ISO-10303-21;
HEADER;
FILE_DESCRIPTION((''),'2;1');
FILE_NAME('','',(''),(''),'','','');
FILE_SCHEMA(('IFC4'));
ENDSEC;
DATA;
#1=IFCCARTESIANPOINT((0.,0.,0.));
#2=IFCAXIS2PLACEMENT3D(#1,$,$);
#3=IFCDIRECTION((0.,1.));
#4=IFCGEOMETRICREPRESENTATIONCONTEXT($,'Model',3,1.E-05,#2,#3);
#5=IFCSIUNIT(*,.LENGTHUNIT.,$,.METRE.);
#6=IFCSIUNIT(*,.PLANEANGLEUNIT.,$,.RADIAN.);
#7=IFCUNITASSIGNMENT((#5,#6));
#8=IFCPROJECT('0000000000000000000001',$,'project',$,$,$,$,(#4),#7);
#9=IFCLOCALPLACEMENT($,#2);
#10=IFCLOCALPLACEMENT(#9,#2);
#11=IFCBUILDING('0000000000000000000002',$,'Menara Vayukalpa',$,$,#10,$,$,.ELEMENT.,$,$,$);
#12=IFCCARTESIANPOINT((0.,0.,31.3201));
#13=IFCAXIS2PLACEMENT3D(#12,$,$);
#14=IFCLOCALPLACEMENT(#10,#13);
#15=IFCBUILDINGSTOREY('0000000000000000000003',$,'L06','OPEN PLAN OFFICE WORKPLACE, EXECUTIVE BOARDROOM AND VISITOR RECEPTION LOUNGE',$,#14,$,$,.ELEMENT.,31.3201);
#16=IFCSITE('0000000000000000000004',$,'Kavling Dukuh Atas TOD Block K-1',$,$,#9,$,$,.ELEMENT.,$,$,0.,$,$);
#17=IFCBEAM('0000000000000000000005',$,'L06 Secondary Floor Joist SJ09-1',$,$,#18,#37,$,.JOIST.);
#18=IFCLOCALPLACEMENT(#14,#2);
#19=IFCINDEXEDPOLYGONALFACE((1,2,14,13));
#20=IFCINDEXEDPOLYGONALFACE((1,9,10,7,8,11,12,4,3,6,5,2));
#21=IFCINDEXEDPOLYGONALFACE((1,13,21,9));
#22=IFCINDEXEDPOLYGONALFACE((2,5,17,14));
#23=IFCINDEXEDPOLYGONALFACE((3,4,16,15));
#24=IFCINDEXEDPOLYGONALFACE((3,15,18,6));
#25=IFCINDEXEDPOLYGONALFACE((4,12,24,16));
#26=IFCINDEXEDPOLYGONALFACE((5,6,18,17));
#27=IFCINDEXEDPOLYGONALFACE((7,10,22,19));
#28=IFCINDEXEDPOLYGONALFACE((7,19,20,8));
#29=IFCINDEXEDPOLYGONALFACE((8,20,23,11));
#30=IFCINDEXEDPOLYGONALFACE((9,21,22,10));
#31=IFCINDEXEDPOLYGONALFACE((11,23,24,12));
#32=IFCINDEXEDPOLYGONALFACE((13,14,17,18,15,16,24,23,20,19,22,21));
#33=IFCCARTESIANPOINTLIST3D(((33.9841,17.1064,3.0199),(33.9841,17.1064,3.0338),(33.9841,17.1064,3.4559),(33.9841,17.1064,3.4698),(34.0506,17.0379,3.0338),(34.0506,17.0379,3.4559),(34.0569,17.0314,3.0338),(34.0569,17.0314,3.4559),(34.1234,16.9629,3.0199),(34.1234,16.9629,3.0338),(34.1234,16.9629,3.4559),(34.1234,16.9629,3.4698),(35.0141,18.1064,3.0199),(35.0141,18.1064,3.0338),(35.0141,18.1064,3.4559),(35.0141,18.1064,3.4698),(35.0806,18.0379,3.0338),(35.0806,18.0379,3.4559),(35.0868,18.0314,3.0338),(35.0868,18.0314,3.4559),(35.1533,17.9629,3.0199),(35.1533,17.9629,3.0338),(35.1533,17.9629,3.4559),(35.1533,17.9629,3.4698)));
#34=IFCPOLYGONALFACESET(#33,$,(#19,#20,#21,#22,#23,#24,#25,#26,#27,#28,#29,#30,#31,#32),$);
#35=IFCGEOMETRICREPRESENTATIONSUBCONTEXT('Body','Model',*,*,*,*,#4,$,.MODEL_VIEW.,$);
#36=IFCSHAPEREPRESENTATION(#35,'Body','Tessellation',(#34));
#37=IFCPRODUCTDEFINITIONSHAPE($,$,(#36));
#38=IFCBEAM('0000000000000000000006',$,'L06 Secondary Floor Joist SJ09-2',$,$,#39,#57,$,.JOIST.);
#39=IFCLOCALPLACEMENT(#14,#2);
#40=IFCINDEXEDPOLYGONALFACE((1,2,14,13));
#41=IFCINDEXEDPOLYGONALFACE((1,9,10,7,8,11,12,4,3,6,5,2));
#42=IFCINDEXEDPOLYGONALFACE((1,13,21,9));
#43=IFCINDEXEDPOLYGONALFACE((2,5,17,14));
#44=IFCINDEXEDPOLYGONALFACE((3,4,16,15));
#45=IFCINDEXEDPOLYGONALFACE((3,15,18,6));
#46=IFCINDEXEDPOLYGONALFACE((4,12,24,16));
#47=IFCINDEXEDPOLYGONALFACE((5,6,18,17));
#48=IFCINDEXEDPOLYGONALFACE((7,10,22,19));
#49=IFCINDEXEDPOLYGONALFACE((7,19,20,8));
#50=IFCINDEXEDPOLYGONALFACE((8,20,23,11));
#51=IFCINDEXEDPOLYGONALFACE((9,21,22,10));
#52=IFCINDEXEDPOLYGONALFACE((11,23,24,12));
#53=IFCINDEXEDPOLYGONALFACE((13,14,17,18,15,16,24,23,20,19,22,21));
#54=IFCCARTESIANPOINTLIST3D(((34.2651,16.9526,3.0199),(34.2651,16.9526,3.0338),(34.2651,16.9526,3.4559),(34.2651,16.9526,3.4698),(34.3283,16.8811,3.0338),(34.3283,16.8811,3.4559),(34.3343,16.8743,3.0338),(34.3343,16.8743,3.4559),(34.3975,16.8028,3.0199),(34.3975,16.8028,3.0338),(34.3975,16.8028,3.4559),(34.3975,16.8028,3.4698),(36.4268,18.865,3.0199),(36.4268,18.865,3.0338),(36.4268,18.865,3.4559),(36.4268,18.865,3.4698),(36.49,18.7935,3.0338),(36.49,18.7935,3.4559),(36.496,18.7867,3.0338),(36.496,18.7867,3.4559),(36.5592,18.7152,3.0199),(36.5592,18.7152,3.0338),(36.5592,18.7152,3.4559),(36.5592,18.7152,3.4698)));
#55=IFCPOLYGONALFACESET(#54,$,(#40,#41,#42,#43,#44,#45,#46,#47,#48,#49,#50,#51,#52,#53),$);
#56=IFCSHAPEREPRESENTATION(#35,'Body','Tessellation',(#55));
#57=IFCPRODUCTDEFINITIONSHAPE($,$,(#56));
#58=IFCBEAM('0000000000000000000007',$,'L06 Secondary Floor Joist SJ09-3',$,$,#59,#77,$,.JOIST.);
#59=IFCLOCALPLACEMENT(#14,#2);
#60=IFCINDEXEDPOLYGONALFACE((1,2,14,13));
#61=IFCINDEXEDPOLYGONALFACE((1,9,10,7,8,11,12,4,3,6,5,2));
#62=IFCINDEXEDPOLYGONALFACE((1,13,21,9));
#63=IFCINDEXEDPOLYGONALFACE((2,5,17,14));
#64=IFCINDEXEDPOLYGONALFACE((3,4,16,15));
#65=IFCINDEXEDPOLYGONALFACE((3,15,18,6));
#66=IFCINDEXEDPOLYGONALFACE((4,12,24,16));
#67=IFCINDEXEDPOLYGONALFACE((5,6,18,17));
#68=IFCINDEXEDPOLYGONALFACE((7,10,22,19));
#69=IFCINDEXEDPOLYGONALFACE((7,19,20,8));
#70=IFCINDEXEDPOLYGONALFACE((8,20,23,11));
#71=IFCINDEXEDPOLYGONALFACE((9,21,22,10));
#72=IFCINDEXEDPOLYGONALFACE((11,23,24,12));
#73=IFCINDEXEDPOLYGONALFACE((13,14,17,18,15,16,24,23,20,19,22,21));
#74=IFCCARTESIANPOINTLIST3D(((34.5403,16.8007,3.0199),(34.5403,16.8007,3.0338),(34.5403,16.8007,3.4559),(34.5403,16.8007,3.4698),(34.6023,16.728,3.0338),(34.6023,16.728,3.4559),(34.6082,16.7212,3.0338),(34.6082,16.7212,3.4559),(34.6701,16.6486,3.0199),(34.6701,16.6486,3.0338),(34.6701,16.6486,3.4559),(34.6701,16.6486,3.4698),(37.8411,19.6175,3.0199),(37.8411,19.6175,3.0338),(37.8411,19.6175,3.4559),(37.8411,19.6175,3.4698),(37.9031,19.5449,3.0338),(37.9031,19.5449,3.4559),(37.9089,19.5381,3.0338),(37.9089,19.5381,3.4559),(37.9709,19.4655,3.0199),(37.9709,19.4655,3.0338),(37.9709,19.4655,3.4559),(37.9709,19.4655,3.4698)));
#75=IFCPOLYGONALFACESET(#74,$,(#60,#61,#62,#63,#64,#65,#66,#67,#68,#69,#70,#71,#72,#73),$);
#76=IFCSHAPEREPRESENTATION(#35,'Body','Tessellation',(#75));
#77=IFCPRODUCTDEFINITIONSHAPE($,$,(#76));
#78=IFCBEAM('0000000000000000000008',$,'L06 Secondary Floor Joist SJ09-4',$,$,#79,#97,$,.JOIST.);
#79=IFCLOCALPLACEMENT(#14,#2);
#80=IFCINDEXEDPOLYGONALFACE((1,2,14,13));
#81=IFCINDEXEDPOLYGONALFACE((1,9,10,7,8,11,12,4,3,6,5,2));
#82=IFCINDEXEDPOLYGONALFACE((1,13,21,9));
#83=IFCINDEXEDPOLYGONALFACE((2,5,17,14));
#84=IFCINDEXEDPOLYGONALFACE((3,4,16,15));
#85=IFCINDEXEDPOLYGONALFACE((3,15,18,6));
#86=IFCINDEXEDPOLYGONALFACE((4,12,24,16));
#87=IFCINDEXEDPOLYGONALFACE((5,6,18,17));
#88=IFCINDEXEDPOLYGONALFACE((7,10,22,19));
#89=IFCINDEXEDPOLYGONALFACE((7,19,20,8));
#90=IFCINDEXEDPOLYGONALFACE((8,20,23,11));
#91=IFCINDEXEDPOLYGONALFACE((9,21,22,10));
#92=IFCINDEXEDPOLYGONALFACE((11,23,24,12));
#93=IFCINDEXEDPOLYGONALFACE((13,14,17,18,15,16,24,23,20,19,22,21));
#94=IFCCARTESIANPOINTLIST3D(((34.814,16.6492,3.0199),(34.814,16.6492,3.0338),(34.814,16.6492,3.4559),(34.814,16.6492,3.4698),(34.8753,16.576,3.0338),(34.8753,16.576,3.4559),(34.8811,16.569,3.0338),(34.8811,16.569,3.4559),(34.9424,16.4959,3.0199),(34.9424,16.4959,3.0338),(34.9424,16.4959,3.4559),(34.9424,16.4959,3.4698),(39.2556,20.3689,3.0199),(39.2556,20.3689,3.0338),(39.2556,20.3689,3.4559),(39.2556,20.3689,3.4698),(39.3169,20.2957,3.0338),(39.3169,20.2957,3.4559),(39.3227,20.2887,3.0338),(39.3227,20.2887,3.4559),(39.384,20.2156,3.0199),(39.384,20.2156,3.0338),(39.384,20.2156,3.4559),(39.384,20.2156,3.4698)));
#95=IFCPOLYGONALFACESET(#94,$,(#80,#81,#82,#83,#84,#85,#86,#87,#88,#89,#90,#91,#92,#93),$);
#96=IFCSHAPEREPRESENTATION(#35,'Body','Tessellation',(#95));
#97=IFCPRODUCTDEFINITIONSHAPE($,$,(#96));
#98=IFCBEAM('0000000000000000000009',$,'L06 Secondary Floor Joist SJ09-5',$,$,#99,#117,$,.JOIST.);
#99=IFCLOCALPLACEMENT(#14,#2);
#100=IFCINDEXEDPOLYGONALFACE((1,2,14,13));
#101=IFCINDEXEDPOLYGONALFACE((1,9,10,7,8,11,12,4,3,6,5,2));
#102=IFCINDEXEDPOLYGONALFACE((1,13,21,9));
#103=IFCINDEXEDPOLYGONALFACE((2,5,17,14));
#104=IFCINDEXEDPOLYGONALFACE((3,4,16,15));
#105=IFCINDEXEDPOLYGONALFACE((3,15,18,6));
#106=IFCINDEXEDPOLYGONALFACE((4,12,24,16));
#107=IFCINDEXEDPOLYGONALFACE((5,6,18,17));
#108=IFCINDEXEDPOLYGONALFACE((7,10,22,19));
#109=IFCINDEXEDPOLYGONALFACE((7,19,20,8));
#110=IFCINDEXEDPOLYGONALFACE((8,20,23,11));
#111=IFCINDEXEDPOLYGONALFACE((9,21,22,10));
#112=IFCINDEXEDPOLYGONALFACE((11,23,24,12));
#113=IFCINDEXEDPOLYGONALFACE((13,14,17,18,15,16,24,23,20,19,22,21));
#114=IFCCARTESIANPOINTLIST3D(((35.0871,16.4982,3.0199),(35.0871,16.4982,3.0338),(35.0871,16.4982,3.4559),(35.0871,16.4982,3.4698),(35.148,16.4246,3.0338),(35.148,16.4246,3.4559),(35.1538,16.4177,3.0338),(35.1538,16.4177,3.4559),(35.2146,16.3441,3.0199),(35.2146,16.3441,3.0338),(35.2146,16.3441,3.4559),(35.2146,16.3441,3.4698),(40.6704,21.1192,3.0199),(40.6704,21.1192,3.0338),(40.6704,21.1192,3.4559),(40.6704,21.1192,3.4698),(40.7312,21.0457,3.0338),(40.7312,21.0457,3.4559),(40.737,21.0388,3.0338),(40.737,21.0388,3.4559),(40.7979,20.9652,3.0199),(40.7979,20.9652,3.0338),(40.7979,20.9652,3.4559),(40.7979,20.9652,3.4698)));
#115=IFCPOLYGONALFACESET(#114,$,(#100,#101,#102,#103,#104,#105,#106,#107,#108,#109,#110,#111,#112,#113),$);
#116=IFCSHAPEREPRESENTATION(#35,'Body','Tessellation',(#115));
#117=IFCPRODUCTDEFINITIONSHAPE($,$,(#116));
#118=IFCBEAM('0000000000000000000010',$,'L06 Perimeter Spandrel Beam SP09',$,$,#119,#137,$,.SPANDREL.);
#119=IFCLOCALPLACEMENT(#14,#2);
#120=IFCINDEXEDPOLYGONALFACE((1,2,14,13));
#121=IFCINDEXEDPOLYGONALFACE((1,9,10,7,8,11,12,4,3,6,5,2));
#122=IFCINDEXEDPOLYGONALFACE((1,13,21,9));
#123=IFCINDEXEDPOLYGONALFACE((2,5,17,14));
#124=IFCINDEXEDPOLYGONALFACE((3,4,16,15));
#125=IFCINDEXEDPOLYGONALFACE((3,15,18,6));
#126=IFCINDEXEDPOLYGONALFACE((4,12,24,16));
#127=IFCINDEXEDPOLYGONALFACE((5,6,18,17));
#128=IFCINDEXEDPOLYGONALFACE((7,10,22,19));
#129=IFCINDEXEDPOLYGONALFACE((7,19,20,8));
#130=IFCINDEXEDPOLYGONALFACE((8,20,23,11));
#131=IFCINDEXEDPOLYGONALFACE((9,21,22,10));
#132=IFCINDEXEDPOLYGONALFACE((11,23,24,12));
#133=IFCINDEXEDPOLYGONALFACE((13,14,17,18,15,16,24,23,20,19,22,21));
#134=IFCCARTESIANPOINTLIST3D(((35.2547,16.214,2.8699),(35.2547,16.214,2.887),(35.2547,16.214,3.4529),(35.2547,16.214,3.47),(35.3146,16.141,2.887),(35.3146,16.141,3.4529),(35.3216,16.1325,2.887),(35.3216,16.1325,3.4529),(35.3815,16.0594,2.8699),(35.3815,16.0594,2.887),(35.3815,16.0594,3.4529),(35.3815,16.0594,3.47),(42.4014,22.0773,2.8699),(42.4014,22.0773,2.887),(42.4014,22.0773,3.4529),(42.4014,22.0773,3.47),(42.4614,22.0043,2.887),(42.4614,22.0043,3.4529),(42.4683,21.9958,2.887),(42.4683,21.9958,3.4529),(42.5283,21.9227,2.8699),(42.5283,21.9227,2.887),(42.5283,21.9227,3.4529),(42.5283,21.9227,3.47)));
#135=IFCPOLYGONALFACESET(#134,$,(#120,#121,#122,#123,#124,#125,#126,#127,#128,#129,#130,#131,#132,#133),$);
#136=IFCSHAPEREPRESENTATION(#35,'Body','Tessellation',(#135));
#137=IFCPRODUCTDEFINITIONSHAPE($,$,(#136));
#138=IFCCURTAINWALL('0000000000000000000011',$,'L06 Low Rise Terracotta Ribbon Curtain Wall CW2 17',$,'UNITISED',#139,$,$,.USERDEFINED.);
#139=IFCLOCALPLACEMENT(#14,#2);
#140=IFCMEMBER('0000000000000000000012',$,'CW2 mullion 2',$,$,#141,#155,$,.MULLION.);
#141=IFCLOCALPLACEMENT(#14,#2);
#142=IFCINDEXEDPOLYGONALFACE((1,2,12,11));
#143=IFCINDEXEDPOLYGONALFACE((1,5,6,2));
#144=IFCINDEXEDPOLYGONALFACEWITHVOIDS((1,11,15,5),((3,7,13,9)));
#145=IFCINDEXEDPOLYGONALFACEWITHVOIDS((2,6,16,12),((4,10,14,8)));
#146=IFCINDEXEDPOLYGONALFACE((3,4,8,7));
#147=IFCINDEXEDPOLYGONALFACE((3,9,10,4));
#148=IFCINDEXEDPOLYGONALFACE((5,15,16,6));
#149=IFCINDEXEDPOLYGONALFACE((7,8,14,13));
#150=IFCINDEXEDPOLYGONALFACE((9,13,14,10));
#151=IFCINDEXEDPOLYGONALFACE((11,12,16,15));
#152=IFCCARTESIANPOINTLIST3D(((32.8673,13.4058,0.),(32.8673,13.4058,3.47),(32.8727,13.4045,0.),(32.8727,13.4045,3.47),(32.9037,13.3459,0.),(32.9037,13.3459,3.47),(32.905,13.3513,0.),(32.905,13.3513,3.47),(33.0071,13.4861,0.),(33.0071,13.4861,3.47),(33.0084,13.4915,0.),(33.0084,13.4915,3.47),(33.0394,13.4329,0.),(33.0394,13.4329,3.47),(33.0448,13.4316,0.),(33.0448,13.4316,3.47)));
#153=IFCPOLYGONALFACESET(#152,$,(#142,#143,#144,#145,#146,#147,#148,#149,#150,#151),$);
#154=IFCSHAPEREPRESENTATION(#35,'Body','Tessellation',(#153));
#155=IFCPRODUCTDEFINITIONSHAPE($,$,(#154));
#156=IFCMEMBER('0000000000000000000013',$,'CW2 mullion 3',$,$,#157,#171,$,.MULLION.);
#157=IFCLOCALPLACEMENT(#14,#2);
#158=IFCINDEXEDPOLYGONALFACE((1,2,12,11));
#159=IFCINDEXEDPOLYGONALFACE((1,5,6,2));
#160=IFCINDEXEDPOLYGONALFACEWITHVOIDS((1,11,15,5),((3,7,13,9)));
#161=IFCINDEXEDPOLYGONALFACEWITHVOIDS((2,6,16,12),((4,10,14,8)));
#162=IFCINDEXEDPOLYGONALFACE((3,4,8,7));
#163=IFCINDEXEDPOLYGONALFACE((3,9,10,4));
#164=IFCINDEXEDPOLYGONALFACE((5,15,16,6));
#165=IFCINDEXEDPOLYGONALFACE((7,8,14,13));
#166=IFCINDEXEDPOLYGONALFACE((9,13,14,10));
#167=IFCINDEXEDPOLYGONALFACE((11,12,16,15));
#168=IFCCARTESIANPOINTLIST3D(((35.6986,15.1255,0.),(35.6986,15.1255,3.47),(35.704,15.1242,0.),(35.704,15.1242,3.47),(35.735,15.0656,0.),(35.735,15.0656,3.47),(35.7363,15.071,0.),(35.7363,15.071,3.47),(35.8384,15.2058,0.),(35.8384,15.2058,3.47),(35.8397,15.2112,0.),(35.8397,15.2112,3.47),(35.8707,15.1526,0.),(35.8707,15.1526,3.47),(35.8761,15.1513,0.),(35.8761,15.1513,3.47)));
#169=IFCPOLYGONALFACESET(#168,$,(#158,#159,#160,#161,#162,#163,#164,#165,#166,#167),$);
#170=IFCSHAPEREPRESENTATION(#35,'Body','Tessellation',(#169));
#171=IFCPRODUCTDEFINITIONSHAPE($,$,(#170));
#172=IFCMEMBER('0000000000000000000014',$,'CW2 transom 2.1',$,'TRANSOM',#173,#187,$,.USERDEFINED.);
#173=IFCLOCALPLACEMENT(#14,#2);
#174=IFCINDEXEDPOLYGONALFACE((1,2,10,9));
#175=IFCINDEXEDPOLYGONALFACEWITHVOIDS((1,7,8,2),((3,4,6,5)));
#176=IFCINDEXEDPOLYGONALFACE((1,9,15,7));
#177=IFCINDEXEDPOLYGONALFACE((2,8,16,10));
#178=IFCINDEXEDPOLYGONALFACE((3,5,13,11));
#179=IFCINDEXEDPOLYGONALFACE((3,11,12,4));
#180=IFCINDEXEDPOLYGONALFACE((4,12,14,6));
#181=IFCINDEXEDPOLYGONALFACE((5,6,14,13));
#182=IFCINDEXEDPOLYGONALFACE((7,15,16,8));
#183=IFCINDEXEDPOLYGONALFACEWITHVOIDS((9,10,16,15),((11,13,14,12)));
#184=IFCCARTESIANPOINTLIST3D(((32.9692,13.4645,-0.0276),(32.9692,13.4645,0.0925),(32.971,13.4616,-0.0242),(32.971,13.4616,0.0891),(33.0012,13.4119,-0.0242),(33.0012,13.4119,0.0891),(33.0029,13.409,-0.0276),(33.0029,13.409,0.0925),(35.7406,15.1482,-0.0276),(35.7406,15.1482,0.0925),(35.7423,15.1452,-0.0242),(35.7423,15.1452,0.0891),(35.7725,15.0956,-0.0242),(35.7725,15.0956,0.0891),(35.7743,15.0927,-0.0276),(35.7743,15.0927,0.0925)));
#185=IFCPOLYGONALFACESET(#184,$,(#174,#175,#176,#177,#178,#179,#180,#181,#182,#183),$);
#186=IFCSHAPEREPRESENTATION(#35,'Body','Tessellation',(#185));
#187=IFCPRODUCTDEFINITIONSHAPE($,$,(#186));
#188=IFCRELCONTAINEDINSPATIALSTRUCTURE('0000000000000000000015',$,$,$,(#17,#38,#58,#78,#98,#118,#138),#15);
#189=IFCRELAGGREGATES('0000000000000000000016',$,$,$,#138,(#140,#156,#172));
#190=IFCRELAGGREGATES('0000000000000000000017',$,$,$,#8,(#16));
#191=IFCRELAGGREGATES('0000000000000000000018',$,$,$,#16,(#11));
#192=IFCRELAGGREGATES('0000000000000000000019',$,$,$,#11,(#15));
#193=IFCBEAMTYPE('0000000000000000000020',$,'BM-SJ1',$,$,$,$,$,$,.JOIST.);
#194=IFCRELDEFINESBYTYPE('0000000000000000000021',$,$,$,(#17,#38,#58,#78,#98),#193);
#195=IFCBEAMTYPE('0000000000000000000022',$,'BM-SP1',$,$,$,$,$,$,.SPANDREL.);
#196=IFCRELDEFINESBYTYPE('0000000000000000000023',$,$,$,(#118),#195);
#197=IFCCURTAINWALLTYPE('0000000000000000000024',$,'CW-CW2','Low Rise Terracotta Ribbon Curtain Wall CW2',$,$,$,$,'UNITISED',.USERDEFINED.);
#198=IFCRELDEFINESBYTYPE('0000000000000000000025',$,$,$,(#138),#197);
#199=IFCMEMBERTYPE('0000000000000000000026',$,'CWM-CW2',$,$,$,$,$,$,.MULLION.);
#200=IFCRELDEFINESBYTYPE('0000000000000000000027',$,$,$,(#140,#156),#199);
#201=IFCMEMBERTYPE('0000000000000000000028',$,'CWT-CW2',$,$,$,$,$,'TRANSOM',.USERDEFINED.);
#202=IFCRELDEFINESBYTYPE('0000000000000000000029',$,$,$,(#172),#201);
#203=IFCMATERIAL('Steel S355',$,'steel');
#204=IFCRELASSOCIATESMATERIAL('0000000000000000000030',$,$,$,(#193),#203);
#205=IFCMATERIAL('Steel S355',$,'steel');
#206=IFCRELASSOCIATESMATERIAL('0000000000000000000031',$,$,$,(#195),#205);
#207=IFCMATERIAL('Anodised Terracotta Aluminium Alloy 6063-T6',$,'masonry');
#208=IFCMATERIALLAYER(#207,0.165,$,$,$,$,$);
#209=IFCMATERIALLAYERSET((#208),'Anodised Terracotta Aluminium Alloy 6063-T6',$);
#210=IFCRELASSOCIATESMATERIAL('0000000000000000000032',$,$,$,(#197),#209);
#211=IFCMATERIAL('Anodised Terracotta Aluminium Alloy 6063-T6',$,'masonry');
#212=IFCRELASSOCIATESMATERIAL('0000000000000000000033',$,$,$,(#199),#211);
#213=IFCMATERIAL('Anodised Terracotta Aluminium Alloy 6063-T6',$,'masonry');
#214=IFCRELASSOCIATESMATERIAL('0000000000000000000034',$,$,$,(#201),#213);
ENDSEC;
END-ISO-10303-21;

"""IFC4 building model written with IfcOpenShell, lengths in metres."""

from ifc_helpers import new_model, si_unit, direction, frame, origin, origin_2d, place, context, subcontext, project, spatial, hollow_rectangle, i_section, extrude, material, layer, layer_set, material_profile, profile_set, type_object, element, aggregate, save


model = new_model("IFC4")

# Units and contexts
model_context = context("Model", 3, precision=1e-05, world=origin(), true_north=direction((0.0, 1.0)))
body_context = subcontext(model_context, "Body", "Model", "MODEL_VIEW")
ifc_project = project(units=[si_unit("LENGTHUNIT", "METRE"), si_unit("PLANEANGLEUNIT", "RADIAN")], contexts=[model_context])

# Site, building, storey
site_placement = place(None, origin())
site = spatial("IfcSite", under=ifc_project, at=site_placement, Name="Kavling Dukuh Atas TOD Block K-1", CompositionType="ELEMENT", RefElevation=0.0)
building_placement = place(site_placement, origin())
building = spatial("IfcBuilding", under=site, at=building_placement, Name="Menara Vayukalpa", CompositionType="ELEMENT")
storey_placement = place(building_placement, frame((0.0, 0.0, 31.3201)))
storey = spatial("IfcBuildingStorey", under=building, at=storey_placement, Name="L06", Description="OPEN PLAN OFFICE WORKPLACE, EXECUTIVE BOARDROOM AND VISITOR RECEPTION LOUNGE", CompositionType="ELEMENT", Elevation=31.3201)

# Beams
ifc_material_1 = material(Name="Steel S355", Category="steel")
ifc_material_profile_1 = material_profile(ifc_material_1, i_section(OverallWidth=0.2, OverallDepth=0.45, WebThickness=0.009, FlangeThickness=0.0139, at=origin_2d()), Name="WF 450x200x9x14")
ifc_profile_set_1 = profile_set([ifc_material_profile_1], Name="Steel S355")
beam_type_1 = type_object("IfcBeamType", Name="BM-SJ1", PredefinedType="JOIST", material=ifc_profile_set_1)
beam_1_placement = place(storey_placement, frame((34.0537, 17.0347, 3.2449), z_axis=(0.717488, 0.696571, 0.0), x_axis=(-0.696571, 0.717488, 0.0)))
element("IfcBeam", 1, at=beam_1_placement, inside=storey, type_object=beam_type_1, Name="L06 Secondary Floor Joist SJ09-1", PredefinedType="JOIST", context=body_context, shape_type="SweptSolid", body=[
    extrude(i_section(OverallWidth=0.2, OverallDepth=0.45, WebThickness=0.009, FlangeThickness=0.0139, at=origin_2d()), origin(), (0.0, 0.0, 1.0), 1.4355),
])
beam_2_placement = place(storey_placement, frame((34.3313, 16.8777, 3.2449), z_axis=(0.748971, 0.662603, 0.0), x_axis=(-0.662603, 0.748971, 0.0)))
element("IfcBeam", 2, at=beam_2_placement, inside=storey, type_object=beam_type_1, Name="L06 Secondary Floor Joist SJ09-2", PredefinedType="JOIST", context=body_context, shape_type="SweptSolid", body=[
    extrude(i_section(OverallWidth=0.2, OverallDepth=0.45, WebThickness=0.009, FlangeThickness=0.0139, at=origin_2d()), origin(), (0.0, 0.0, 1.0), 2.8862),
])
beam_3_placement = place(storey_placement, frame((34.6052, 16.7246, 3.2449), z_axis=(0.760661, 0.64915, 0.0), x_axis=(-0.64915, 0.760661, 0.0)))
element("IfcBeam", 3, at=beam_3_placement, inside=storey, type_object=beam_type_1, Name="L06 Secondary Floor Joist SJ09-3", PredefinedType="JOIST", context=body_context, shape_type="SweptSolid", body=[
    extrude(i_section(OverallWidth=0.2, OverallDepth=0.45, WebThickness=0.009, FlangeThickness=0.0139, at=origin_2d()), origin(), (0.0, 0.0, 1.0), 4.3394),
])
beam_4_placement = place(storey_placement, frame((34.8782, 16.5725, 3.2449), z_axis=(0.766661, 0.642052, 0.0), x_axis=(-0.642052, 0.766661, 0.0)))
element("IfcBeam", 4, at=beam_4_placement, inside=storey, type_object=beam_type_1, Name="L06 Secondary Floor Joist SJ09-4", PredefinedType="JOIST", context=body_context, shape_type="SweptSolid", body=[
    extrude(i_section(OverallWidth=0.2, OverallDepth=0.45, WebThickness=0.009, FlangeThickness=0.0139, at=origin_2d()), origin(), (0.0, 0.0, 1.0), 5.7935),
])
beam_5_placement = place(storey_placement, frame((35.1509, 16.4211, 3.2449), z_axis=(0.770362, 0.637606, 0.0), x_axis=(-0.637606, 0.770362, 0.0)))
element("IfcBeam", 5, at=beam_5_placement, inside=storey, type_object=beam_type_1, Name="L06 Secondary Floor Joist SJ09-5", PredefinedType="JOIST", context=body_context, shape_type="SweptSolid", body=[
    extrude(i_section(OverallWidth=0.2, OverallDepth=0.45, WebThickness=0.009, FlangeThickness=0.0139, at=origin_2d()), origin(), (0.0, 0.0, 1.0), 7.2476),
])
ifc_material_2 = material(Name="Steel S355", Category="steel")
ifc_material_profile_2 = material_profile(ifc_material_2, i_section(OverallWidth=0.2, OverallDepth=0.6001, WebThickness=0.011, FlangeThickness=0.0171, at=origin_2d()), Name="WF 600x200x11x17")
ifc_profile_set_2 = profile_set([ifc_material_profile_2], Name="Steel S355")
beam_type_2 = type_object("IfcBeamType", Name="BM-SP1", PredefinedType="SPANDREL", material=ifc_profile_set_2)
beam_6_placement = place(storey_placement, frame((35.3181, 16.1367, 3.1699), z_axis=(0.773111, 0.634271, 0.0), x_axis=(-0.634271, 0.773111, 0.0)))
element("IfcBeam", 6, at=beam_6_placement, inside=storey, type_object=beam_type_2, Name="L06 Perimeter Spandrel Beam SP09", PredefinedType="SPANDREL", context=body_context, shape_type="SweptSolid", body=[
    extrude(i_section(OverallWidth=0.2, OverallDepth=0.6001, WebThickness=0.011, FlangeThickness=0.0171, at=origin_2d()), origin(), (0.0, 0.0, 1.0), 9.2441),
])

# Curtain wall, members
ifc_material_3 = material(Name="Anodised Terracotta Aluminium Alloy 6063-T6", Category="masonry")
ifc_layer_1 = layer(ifc_material_3, 0.165)
ifc_layer_set_1 = layer_set([ifc_layer_1], Name="Anodised Terracotta Aluminium Alloy 6063-T6")
curtain_wall_type = type_object("IfcCurtainWallType", Name="CW-CW2", Description="Low Rise Terracotta Ribbon Curtain Wall CW2", ElementType="UNITISED", PredefinedType="USERDEFINED", material=ifc_layer_set_1)
curtain_wall_placement = place(storey_placement, origin())
curtain_wall = element("IfcCurtainWall", 7, at=curtain_wall_placement, inside=storey, type_object=curtain_wall_type, Name="L06 Low Rise Terracotta Ribbon Curtain Wall CW2 17", ObjectType="UNITISED", PredefinedType="USERDEFINED")
ifc_material_4 = material(Name="Anodised Terracotta Aluminium Alloy 6063-T6", Category="masonry")
ifc_material_profile_3 = material_profile(ifc_material_4, hollow_rectangle(XDim=0.0701, YDim=0.165, WallThickness=0.0039, at=origin_2d()), Name="ALU 70x165x4")
ifc_profile_set_3 = profile_set([ifc_material_profile_3], Name="Anodised Terracotta Aluminium Alloy 6063-T6")
member_type_1 = type_object("IfcMemberType", Name="CWM-CW2", PredefinedType="MULLION", material=ifc_profile_set_3)
member_1_placement = place(storey_placement, frame((32.9561, 13.4187, 0.0), z_axis=(0.0, 0.0, 1.0), x_axis=(-0.519182, 0.854664, 0.0)))
member_1 = element("IfcMember", 8, at=member_1_placement, type_object=member_type_1, Name="CW2 mullion 2", PredefinedType="MULLION", context=body_context, shape_type="SweptSolid", body=[
    extrude(hollow_rectangle(XDim=0.0701, YDim=0.165, WallThickness=0.0039, at=origin_2d()), origin(), (0.0, 0.0, 1.0), 3.47),
])
member_2_placement = place(storey_placement, frame((35.7874, 15.1384, 0.0), z_axis=(0.0, 0.0, 1.0), x_axis=(-0.519182, 0.854664, 0.0)))
member_2 = element("IfcMember", 9, at=member_2_placement, type_object=member_type_1, Name="CW2 mullion 3", PredefinedType="MULLION", context=body_context, shape_type="SweptSolid", body=[
    extrude(hollow_rectangle(XDim=0.0701, YDim=0.165, WallThickness=0.0039, at=origin_2d()), origin(), (0.0, 0.0, 1.0), 3.47),
])
ifc_material_5 = material(Name="Anodised Terracotta Aluminium Alloy 6063-T6", Category="masonry")
ifc_material_profile_4 = material_profile(ifc_material_5, hollow_rectangle(XDim=0.0649, YDim=0.1201, WallThickness=0.0034, at=origin_2d()), Name="ALU 65x120x3.5")
ifc_profile_set_4 = profile_set([ifc_material_profile_4], Name="Anodised Terracotta Aluminium Alloy 6063-T6")
member_type_2 = type_object("IfcMemberType", Name="CWT-CW2", ElementType="TRANSOM", PredefinedType="USERDEFINED", material=ifc_profile_set_4)
member_3_placement = place(storey_placement, frame((32.9861, 13.4368, 0.0325), z_axis=(0.854643, 0.519216, 0.0), x_axis=(-0.519216, 0.854643, 0.0)))
member_3 = element("IfcMember", 10, at=member_3_placement, type_object=member_type_2, Name="CW2 transom 2.1", ObjectType="TRANSOM", PredefinedType="USERDEFINED", context=body_context, shape_type="SweptSolid", body=[
    extrude(hollow_rectangle(XDim=0.0649, YDim=0.1201, WallThickness=0.0034, at=origin_2d()), origin(), (0.0, 0.0, 1.0), 3.2427),
])
aggregate(curtain_wall, [member_1, member_2, member_3])

save(model, "model.ifc")
